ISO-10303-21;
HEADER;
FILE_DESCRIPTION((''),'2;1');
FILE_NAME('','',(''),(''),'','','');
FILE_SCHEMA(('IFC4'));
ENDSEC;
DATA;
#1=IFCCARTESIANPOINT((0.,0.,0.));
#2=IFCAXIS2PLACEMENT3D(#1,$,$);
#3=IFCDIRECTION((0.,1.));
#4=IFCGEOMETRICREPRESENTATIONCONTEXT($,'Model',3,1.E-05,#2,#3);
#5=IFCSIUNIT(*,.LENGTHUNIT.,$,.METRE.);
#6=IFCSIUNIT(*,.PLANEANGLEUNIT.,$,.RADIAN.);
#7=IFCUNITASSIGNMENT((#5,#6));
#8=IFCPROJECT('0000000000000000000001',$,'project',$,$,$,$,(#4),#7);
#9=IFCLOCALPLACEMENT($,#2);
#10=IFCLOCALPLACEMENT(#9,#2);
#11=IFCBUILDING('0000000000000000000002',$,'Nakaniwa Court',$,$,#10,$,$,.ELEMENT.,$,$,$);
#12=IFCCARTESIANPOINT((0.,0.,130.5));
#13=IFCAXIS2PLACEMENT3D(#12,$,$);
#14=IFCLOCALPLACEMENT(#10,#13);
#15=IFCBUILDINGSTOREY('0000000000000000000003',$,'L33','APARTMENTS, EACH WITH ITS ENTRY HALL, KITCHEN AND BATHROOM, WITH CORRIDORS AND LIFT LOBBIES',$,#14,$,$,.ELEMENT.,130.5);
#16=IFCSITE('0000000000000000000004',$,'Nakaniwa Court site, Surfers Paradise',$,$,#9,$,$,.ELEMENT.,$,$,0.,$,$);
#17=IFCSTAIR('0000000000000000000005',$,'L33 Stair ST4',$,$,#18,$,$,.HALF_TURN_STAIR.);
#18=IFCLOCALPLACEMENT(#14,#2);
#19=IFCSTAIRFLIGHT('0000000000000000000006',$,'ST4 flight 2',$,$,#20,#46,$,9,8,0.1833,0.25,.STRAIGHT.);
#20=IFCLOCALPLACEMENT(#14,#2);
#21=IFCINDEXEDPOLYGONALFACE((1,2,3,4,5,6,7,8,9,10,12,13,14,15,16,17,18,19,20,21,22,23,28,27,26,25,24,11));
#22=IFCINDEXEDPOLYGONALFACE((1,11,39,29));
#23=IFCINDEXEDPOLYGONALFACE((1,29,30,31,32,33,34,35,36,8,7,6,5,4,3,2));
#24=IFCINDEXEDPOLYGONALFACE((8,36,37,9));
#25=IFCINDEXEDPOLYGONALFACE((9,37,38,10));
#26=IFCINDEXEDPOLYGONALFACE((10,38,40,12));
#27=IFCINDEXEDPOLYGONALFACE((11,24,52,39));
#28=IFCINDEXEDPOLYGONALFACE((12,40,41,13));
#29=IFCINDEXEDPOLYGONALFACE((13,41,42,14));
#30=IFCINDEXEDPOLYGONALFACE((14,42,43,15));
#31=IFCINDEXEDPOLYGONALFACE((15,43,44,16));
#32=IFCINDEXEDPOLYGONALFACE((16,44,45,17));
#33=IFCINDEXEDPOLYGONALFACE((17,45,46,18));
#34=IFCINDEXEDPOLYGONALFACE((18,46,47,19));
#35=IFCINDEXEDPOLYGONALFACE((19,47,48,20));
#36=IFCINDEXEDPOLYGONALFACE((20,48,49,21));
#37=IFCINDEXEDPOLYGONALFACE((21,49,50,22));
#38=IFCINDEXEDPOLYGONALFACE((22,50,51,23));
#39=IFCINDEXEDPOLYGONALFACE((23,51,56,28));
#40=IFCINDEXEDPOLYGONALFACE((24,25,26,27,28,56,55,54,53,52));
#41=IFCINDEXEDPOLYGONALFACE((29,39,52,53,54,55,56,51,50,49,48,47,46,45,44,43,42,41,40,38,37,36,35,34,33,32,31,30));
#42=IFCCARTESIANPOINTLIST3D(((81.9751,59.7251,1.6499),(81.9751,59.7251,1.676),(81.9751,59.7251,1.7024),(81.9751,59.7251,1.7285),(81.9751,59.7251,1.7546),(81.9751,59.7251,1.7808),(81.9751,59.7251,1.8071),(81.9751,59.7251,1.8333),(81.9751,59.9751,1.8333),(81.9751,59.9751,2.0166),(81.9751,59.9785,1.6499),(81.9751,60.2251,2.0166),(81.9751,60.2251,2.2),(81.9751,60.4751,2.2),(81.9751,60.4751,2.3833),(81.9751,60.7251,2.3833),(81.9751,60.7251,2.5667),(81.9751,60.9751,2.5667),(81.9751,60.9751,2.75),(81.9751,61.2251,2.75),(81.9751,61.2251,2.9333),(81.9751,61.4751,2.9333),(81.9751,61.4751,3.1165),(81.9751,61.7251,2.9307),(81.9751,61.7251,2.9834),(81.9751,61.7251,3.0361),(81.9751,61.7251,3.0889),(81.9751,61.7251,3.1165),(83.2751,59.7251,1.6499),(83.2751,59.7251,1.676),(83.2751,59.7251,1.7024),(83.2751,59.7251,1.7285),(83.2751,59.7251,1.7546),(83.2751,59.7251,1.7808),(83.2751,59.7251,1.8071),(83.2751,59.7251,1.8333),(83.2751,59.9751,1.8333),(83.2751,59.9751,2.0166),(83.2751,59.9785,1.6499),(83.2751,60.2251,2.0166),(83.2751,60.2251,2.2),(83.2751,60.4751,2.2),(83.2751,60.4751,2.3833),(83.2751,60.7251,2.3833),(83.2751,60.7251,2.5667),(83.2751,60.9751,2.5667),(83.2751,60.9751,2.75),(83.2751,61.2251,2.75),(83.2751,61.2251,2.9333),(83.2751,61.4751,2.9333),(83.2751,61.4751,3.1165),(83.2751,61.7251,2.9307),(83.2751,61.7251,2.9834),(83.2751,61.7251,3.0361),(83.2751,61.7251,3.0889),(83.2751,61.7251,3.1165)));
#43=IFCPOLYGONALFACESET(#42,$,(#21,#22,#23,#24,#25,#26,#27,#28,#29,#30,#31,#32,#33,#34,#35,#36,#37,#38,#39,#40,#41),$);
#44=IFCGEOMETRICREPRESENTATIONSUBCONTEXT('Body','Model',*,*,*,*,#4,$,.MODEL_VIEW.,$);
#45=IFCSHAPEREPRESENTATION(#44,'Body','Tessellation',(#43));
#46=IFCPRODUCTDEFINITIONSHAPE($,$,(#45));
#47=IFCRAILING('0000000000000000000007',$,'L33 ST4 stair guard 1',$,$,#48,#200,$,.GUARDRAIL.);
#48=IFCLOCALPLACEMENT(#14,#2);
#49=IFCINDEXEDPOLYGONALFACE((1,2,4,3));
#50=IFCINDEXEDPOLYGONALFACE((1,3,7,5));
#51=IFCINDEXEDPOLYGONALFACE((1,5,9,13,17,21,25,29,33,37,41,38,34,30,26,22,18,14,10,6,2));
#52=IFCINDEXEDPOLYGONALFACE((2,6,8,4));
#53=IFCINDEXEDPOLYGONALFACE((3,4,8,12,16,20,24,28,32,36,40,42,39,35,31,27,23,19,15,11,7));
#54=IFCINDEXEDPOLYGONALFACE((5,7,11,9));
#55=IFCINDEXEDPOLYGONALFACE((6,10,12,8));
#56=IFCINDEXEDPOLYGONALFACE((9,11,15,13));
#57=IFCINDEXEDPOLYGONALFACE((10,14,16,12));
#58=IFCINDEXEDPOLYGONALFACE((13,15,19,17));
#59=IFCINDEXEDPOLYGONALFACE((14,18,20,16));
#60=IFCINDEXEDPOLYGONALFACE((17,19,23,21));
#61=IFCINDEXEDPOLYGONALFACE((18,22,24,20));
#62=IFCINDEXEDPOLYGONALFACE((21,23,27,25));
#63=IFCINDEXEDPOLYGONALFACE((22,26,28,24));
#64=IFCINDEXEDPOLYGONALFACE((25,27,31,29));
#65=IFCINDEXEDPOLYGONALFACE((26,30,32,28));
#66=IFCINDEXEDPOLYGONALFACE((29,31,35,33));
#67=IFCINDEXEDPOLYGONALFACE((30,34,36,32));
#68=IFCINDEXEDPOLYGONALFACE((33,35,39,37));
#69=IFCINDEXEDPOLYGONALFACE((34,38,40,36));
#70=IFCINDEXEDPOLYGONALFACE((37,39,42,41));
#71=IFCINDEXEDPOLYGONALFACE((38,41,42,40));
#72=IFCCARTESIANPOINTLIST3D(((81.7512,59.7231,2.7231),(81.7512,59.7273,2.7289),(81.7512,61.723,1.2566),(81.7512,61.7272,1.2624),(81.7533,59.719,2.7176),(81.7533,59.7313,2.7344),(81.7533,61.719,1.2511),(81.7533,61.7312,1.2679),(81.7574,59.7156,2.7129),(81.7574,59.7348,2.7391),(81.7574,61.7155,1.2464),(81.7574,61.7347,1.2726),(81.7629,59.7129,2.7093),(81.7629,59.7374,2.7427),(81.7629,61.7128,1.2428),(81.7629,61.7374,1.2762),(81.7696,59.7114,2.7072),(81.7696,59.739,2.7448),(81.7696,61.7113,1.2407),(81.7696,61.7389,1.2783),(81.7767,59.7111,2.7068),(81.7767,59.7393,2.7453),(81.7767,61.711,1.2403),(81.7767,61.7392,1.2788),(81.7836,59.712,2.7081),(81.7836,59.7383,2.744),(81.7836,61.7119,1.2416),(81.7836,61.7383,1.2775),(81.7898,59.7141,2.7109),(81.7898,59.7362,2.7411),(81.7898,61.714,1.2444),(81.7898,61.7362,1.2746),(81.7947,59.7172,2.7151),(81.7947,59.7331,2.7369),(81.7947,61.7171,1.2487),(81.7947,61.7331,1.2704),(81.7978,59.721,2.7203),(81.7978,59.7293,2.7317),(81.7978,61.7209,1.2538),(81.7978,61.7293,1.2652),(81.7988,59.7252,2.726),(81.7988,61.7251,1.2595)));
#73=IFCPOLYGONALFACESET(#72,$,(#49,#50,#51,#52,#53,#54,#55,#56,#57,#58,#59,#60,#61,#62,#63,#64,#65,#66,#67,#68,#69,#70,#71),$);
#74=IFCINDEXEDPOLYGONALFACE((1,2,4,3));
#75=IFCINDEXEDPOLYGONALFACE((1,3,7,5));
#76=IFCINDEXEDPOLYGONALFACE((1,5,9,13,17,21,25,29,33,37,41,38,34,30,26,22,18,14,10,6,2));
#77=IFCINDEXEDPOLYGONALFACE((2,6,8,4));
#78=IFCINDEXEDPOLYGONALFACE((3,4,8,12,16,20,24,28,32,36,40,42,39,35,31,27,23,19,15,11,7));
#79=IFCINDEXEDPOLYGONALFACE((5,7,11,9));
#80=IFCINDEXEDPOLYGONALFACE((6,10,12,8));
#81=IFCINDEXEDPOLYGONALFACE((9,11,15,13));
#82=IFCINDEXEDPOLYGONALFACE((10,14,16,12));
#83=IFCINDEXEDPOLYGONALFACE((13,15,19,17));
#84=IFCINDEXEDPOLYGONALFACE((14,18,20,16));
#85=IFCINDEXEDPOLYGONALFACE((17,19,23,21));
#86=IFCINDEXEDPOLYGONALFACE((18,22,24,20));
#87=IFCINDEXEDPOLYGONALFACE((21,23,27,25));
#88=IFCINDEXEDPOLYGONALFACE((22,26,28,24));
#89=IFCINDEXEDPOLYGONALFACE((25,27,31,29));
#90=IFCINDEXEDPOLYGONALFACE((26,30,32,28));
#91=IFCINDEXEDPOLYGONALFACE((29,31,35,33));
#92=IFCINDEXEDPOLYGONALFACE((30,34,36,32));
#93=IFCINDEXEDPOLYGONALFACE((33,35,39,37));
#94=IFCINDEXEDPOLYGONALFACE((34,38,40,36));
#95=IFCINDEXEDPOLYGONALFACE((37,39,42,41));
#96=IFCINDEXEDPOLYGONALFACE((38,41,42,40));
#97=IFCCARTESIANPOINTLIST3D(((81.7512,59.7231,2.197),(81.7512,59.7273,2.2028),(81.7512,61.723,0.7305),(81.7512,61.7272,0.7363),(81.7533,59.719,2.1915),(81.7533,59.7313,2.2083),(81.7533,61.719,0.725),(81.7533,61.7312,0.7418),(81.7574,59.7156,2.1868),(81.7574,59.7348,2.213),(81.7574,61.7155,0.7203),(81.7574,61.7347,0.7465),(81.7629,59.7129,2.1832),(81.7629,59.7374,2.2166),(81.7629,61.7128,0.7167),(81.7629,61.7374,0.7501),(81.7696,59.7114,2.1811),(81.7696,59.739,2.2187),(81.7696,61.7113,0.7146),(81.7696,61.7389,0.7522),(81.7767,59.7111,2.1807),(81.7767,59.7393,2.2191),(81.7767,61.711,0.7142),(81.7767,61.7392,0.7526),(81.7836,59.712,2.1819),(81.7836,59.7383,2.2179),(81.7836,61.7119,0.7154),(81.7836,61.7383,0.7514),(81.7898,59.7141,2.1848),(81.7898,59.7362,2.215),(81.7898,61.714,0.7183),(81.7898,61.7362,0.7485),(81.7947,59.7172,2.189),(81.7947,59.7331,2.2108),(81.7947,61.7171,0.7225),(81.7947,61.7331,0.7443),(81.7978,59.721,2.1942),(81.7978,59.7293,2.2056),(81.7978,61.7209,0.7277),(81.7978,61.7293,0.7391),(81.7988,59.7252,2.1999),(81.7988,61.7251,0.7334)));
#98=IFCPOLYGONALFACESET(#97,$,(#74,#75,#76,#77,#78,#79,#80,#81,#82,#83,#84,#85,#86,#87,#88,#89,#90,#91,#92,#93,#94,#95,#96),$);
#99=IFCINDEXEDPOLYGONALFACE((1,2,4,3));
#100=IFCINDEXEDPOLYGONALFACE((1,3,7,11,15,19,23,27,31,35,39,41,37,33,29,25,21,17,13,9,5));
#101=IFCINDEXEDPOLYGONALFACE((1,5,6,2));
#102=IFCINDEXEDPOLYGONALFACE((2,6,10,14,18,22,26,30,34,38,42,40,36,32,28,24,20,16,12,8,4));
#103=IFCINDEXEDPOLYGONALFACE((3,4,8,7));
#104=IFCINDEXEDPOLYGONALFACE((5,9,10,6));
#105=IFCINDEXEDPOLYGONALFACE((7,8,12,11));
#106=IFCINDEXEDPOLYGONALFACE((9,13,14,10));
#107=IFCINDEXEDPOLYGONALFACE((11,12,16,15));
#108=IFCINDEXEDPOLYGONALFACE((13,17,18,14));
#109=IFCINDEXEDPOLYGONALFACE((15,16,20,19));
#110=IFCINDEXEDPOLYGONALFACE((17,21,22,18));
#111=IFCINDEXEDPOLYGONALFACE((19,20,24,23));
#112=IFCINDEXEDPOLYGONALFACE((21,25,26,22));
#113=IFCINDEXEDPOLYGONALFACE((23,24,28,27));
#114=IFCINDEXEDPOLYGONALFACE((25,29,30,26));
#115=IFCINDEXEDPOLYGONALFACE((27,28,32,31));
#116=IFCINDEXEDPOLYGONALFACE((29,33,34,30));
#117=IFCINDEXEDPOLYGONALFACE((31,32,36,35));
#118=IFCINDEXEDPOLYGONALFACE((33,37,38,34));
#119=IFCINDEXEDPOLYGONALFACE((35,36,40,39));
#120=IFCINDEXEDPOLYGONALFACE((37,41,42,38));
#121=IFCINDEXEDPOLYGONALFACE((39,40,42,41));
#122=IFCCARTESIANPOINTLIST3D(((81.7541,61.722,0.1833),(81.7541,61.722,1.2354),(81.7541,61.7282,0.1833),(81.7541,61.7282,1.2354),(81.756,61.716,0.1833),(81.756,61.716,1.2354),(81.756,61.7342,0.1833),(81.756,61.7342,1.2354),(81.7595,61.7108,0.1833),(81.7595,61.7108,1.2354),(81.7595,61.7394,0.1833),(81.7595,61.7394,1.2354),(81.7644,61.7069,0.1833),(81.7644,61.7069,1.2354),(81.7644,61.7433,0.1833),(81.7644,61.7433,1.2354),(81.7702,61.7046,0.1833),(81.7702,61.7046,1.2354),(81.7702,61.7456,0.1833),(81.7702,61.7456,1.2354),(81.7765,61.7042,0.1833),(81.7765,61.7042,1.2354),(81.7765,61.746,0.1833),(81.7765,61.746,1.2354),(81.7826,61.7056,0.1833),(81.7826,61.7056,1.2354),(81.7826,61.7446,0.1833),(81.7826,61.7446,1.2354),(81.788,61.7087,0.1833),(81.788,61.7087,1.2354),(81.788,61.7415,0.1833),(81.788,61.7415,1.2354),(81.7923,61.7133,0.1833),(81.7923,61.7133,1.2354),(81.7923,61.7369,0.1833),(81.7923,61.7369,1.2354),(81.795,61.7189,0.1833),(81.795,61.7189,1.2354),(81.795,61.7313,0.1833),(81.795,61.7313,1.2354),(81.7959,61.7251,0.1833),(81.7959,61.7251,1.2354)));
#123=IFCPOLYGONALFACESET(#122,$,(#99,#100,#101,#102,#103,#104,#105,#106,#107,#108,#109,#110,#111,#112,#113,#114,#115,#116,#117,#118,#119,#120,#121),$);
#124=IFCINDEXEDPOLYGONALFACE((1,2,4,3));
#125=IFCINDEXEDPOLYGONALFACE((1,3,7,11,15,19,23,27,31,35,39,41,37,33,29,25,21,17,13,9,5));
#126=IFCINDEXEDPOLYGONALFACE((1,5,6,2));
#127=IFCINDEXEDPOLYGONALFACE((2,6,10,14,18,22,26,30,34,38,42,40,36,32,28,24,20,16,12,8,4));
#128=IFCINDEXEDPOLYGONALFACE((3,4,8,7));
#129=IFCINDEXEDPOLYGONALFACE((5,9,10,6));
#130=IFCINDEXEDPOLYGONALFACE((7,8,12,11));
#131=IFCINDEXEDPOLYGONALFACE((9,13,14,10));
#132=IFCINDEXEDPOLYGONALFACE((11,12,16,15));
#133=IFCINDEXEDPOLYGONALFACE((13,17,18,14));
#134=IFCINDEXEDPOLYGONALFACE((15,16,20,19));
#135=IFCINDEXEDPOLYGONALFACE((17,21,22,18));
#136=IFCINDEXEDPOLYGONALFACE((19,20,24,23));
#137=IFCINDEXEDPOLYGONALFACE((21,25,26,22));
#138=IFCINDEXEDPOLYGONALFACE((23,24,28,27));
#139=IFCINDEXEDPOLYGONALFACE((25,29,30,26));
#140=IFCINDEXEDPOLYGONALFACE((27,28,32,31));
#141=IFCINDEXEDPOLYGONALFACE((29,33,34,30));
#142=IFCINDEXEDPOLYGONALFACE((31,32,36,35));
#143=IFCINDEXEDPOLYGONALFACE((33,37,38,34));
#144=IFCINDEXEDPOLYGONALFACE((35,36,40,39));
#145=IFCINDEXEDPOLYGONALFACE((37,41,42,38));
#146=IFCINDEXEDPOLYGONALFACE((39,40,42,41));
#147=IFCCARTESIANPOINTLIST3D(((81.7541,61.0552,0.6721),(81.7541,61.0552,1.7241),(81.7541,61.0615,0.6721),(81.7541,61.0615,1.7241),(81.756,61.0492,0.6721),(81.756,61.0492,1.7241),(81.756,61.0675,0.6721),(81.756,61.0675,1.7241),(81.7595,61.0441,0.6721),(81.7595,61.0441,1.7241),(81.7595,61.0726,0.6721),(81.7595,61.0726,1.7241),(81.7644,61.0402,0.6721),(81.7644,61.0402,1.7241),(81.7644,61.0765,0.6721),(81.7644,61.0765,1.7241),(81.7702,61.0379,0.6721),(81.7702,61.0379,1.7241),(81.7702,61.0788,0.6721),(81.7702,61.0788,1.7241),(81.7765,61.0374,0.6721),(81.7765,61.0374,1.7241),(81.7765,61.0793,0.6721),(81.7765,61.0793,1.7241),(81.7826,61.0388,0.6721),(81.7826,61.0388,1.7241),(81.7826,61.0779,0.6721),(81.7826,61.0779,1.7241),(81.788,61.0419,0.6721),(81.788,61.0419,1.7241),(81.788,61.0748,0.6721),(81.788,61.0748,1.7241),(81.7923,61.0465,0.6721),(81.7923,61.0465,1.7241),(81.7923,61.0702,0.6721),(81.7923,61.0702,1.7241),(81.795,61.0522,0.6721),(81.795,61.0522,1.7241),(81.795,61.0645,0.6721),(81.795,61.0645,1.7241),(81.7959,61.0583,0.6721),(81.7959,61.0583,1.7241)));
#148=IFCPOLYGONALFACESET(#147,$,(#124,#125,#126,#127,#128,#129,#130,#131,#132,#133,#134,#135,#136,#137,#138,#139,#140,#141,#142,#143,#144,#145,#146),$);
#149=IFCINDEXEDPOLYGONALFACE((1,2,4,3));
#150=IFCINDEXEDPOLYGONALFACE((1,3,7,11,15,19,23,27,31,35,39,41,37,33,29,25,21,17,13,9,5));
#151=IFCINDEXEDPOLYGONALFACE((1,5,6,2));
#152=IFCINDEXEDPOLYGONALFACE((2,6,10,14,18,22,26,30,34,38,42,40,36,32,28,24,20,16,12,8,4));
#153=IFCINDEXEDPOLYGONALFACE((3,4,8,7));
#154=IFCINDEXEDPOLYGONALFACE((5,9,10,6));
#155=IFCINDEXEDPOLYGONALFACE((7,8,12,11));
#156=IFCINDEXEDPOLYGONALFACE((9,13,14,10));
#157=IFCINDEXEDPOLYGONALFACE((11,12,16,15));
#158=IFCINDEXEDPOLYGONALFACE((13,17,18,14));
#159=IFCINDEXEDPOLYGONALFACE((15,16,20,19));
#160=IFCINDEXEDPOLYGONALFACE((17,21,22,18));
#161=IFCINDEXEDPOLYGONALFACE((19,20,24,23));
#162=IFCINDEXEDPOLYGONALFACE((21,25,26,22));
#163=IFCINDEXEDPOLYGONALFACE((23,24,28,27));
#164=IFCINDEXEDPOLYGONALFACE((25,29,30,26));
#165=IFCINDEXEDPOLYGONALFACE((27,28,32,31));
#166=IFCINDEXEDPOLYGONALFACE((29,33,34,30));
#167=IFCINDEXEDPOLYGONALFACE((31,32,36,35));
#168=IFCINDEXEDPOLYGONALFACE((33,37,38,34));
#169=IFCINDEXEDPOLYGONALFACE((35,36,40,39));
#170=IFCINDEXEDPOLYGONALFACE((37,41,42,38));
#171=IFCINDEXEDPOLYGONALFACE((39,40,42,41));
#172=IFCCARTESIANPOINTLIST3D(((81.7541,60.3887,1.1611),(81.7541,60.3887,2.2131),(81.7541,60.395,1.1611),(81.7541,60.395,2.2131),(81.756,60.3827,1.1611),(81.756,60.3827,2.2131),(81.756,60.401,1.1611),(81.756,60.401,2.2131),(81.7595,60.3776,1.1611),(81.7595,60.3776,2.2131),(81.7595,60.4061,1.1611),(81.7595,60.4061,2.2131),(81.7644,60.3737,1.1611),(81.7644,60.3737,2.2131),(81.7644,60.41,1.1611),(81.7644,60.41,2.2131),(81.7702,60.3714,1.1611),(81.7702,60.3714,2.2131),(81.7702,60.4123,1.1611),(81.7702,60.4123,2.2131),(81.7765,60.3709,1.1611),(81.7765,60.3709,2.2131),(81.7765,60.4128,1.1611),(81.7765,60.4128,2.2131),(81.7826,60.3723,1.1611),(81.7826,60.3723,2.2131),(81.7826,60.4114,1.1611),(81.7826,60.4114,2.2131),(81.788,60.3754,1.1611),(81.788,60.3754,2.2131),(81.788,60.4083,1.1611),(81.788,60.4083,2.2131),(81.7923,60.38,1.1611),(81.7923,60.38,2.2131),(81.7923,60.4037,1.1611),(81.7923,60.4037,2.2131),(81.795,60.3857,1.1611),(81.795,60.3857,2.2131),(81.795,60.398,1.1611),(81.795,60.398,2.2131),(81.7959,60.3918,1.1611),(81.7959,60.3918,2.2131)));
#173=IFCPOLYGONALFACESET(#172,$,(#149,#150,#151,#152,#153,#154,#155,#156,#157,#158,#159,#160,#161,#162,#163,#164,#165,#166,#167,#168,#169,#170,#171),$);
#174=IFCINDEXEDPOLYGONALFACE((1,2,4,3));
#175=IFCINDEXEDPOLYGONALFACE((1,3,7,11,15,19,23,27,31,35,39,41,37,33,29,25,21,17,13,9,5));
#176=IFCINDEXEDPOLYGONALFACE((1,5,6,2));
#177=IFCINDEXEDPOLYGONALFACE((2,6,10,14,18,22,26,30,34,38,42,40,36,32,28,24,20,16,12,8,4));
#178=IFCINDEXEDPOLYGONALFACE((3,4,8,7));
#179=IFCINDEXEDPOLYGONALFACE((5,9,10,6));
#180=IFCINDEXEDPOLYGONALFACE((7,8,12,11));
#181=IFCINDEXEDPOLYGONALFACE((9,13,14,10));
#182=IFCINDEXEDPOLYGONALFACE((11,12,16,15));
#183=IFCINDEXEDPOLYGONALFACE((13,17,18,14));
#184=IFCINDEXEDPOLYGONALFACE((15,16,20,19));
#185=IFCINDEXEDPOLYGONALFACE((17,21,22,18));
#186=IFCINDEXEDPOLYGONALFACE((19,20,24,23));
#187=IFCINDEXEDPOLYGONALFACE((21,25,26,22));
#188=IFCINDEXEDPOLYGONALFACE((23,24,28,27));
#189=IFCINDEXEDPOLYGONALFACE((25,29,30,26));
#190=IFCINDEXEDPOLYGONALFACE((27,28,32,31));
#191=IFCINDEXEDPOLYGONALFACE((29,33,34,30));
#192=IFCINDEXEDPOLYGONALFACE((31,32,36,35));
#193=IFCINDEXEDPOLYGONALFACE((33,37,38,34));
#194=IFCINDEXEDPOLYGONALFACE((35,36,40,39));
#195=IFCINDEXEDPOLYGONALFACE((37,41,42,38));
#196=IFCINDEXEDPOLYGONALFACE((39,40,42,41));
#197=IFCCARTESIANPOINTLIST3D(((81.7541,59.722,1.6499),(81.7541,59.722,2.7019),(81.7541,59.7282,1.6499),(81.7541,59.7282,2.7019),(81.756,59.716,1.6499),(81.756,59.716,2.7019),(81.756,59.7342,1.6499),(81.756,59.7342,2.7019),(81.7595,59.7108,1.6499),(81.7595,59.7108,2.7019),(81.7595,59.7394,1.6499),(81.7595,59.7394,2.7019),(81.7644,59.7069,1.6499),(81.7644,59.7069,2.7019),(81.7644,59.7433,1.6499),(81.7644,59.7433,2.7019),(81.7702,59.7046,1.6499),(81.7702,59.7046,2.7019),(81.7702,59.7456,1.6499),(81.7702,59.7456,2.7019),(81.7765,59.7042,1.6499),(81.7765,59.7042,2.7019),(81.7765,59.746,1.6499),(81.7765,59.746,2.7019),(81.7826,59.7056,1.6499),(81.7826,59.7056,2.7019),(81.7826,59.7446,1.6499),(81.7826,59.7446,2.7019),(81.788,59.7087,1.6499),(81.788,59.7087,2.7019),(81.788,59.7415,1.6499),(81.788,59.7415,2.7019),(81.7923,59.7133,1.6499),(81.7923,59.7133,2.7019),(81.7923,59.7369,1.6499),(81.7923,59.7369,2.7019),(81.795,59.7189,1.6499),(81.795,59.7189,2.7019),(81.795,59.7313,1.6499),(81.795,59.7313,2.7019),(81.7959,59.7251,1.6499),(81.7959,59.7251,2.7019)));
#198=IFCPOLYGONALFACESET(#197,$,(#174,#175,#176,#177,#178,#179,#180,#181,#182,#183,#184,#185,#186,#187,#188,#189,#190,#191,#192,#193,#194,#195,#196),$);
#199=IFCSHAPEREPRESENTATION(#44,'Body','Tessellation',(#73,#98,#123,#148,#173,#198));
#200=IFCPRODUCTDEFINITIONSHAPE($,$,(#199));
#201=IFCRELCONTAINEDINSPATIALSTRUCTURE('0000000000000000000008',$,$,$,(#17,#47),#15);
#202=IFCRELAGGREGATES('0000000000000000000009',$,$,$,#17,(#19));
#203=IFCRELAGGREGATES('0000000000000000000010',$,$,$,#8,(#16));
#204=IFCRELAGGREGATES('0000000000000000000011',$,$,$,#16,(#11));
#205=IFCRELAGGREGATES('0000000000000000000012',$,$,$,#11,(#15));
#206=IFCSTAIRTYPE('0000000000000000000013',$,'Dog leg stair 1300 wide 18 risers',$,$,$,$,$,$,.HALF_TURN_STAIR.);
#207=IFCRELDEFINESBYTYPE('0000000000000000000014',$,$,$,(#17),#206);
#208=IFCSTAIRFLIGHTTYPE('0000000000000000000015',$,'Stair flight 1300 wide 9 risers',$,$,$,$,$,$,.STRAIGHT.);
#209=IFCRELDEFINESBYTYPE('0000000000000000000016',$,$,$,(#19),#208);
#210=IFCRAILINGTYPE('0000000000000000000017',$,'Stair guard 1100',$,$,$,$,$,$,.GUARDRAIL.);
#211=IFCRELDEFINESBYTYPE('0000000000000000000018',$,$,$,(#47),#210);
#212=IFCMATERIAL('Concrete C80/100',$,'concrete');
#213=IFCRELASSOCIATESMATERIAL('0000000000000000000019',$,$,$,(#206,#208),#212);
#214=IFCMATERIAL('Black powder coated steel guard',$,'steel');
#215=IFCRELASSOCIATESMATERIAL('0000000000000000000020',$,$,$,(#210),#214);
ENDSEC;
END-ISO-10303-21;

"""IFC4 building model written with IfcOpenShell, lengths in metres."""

from ifc_helpers import new_model, si_unit, direction, frame, origin, origin_2d, place, context, subcontext, project, spatial, polyline, circle, outline, extrude, material, type_object, element, aggregate, save


model = new_model("IFC4")

# Units and contexts
model_context = context("Model", 3, precision=1e-05, world=origin(), true_north=direction((0.0, 1.0)))
body_context = subcontext(model_context, "Body", "Model", "MODEL_VIEW")
ifc_project = project(units=[si_unit("LENGTHUNIT", "METRE"), si_unit("PLANEANGLEUNIT", "RADIAN")], contexts=[model_context])

# Site, building, storey
site_placement = place(None, origin())
site = spatial("IfcSite", under=ifc_project, at=site_placement, Name="Nakaniwa Court site, Surfers Paradise", CompositionType="ELEMENT", RefElevation=0.0)
building_placement = place(site_placement, origin())
building = spatial("IfcBuilding", under=site, at=building_placement, Name="Nakaniwa Court", CompositionType="ELEMENT")
storey_placement = place(building_placement, frame((0.0, 0.0, 130.5)))
storey = spatial("IfcBuildingStorey", under=building, at=storey_placement, Name="L33", Description="APARTMENTS, EACH WITH ITS ENTRY HALL, KITCHEN AND BATHROOM, WITH CORRIDORS AND LIFT LOBBIES", CompositionType="ELEMENT", Elevation=130.5)

# Shared definitions
ifc_material_1 = material(Name="Concrete C80/100", Category="concrete")

# Stair, stair flight
stair_type = type_object("IfcStairType", Name="Dog leg stair 1300 wide 18 risers", PredefinedType="HALF_TURN_STAIR", material=ifc_material_1)
stair_placement = place(storey_placement, origin())
stair = element("IfcStair", 1, at=stair_placement, inside=storey, type_object=stair_type, Name="L33 Stair ST4", PredefinedType="HALF_TURN_STAIR")
stair_flight_type = type_object("IfcStairFlightType", Name="Stair flight 1300 wide 9 risers", PredefinedType="STRAIGHT", material=ifc_material_1)
stair_flight_1_placement = place(storey_placement, frame((82.625, 59.7251, 1.6499), z_axis=(0.0, 0.0, 1.0), x_axis=(0.0, 1.0, 0.0)))
stair_flight_1 = element("IfcStairFlight", 2, at=stair_flight_1_placement, type_object=stair_flight_type, Name="ST4 flight 2", NumberOfRisers=9, NumberOfTreads=8, PredefinedType="STRAIGHT", RiserHeight=0.1833, TreadLength=0.25, context=body_context, shape_type="SweptSolid", body=[
    extrude(outline(polyline([(0.0, 0.0), (0.0, 0.0261), (0.0, 0.0525), (0.0, 0.0786), (0.0, 0.1047), (0.0, 0.1309), (0.0, 0.1572), (0.0, 0.1833), (0.25, 0.1833), (0.25, 0.3667), (0.5, 0.3667), (0.5, 0.55), (0.75, 0.55), (0.75, 0.7334), (1.0, 0.7334), (1.0, 0.9167), (1.25, 0.9167), (1.25, 1.1001), (1.5, 1.1001), (1.5, 1.2834), (1.75, 1.2834), (1.75, 1.4666), (2.0, 1.4666), (2.0, 1.6499), (2.0, 1.5972), (2.0, 1.5444), (2.0, 1.4917), (2.0, 1.439), (2.0, 1.3862), (2.0, 1.3335), (2.0, 1.2808), (0.2534, 0.0), (0.0, 0.0)])), frame((0.0, 0.6499, 0.0), z_axis=(0.0, -1.0, 0.0), x_axis=(1.0, 0.0, 0.0)), (0.0, 0.0, 1.0), 1.3),
])
aggregate(stair, [stair_flight_1])

# Railing
ifc_material_2 = material(Name="Black powder coated steel guard", Category="steel")
railing_type_1 = type_object("IfcRailingType", Name="Stair guard 1100", PredefinedType="GUARDRAIL", material=ifc_material_2)
railing_1_placement = place(storey_placement, frame((81.7749, 61.7251, 0.1833)))
element("IfcRailing", 3, at=railing_1_placement, inside=storey, type_object=railing_type_1, Name="L33 ST4 stair guard 1", PredefinedType="GUARDRAIL", context=body_context, shape_type="SweptSolid", body=[
    extrude(circle(Radius=0.0239, at=origin_2d()), frame((0.0, 0.0, 1.0762), z_axis=(0.0, -0.806427, 0.591334), x_axis=(1.0, 0.0, 0.0)), (0.0, 0.0, 1.0), 2.48),
    extrude(circle(Radius=0.0239, at=origin_2d()), frame((0.0, 0.0, 0.55), z_axis=(0.0, -0.806427, 0.591334), x_axis=(1.0, 0.0, 0.0)), (0.0, 0.0, 1.0), 2.48),
    extrude(circle(Radius=0.021, at=origin_2d()), origin(), (0.0, 0.0, 1.0), 1.052),
    extrude(circle(Radius=0.021, at=origin_2d()), frame((0.0, -0.6667, 0.4888)), (0.0, 0.0, 1.0), 1.052),
    extrude(circle(Radius=0.021, at=origin_2d()), frame((0.0, -1.3333, 0.9778)), (0.0, 0.0, 1.0), 1.052),
    extrude(circle(Radius=0.021, at=origin_2d()), frame((0.0, -2.0, 1.4666)), (0.0, 0.0, 1.0), 1.052),
])

save(model, "model.ifc")
